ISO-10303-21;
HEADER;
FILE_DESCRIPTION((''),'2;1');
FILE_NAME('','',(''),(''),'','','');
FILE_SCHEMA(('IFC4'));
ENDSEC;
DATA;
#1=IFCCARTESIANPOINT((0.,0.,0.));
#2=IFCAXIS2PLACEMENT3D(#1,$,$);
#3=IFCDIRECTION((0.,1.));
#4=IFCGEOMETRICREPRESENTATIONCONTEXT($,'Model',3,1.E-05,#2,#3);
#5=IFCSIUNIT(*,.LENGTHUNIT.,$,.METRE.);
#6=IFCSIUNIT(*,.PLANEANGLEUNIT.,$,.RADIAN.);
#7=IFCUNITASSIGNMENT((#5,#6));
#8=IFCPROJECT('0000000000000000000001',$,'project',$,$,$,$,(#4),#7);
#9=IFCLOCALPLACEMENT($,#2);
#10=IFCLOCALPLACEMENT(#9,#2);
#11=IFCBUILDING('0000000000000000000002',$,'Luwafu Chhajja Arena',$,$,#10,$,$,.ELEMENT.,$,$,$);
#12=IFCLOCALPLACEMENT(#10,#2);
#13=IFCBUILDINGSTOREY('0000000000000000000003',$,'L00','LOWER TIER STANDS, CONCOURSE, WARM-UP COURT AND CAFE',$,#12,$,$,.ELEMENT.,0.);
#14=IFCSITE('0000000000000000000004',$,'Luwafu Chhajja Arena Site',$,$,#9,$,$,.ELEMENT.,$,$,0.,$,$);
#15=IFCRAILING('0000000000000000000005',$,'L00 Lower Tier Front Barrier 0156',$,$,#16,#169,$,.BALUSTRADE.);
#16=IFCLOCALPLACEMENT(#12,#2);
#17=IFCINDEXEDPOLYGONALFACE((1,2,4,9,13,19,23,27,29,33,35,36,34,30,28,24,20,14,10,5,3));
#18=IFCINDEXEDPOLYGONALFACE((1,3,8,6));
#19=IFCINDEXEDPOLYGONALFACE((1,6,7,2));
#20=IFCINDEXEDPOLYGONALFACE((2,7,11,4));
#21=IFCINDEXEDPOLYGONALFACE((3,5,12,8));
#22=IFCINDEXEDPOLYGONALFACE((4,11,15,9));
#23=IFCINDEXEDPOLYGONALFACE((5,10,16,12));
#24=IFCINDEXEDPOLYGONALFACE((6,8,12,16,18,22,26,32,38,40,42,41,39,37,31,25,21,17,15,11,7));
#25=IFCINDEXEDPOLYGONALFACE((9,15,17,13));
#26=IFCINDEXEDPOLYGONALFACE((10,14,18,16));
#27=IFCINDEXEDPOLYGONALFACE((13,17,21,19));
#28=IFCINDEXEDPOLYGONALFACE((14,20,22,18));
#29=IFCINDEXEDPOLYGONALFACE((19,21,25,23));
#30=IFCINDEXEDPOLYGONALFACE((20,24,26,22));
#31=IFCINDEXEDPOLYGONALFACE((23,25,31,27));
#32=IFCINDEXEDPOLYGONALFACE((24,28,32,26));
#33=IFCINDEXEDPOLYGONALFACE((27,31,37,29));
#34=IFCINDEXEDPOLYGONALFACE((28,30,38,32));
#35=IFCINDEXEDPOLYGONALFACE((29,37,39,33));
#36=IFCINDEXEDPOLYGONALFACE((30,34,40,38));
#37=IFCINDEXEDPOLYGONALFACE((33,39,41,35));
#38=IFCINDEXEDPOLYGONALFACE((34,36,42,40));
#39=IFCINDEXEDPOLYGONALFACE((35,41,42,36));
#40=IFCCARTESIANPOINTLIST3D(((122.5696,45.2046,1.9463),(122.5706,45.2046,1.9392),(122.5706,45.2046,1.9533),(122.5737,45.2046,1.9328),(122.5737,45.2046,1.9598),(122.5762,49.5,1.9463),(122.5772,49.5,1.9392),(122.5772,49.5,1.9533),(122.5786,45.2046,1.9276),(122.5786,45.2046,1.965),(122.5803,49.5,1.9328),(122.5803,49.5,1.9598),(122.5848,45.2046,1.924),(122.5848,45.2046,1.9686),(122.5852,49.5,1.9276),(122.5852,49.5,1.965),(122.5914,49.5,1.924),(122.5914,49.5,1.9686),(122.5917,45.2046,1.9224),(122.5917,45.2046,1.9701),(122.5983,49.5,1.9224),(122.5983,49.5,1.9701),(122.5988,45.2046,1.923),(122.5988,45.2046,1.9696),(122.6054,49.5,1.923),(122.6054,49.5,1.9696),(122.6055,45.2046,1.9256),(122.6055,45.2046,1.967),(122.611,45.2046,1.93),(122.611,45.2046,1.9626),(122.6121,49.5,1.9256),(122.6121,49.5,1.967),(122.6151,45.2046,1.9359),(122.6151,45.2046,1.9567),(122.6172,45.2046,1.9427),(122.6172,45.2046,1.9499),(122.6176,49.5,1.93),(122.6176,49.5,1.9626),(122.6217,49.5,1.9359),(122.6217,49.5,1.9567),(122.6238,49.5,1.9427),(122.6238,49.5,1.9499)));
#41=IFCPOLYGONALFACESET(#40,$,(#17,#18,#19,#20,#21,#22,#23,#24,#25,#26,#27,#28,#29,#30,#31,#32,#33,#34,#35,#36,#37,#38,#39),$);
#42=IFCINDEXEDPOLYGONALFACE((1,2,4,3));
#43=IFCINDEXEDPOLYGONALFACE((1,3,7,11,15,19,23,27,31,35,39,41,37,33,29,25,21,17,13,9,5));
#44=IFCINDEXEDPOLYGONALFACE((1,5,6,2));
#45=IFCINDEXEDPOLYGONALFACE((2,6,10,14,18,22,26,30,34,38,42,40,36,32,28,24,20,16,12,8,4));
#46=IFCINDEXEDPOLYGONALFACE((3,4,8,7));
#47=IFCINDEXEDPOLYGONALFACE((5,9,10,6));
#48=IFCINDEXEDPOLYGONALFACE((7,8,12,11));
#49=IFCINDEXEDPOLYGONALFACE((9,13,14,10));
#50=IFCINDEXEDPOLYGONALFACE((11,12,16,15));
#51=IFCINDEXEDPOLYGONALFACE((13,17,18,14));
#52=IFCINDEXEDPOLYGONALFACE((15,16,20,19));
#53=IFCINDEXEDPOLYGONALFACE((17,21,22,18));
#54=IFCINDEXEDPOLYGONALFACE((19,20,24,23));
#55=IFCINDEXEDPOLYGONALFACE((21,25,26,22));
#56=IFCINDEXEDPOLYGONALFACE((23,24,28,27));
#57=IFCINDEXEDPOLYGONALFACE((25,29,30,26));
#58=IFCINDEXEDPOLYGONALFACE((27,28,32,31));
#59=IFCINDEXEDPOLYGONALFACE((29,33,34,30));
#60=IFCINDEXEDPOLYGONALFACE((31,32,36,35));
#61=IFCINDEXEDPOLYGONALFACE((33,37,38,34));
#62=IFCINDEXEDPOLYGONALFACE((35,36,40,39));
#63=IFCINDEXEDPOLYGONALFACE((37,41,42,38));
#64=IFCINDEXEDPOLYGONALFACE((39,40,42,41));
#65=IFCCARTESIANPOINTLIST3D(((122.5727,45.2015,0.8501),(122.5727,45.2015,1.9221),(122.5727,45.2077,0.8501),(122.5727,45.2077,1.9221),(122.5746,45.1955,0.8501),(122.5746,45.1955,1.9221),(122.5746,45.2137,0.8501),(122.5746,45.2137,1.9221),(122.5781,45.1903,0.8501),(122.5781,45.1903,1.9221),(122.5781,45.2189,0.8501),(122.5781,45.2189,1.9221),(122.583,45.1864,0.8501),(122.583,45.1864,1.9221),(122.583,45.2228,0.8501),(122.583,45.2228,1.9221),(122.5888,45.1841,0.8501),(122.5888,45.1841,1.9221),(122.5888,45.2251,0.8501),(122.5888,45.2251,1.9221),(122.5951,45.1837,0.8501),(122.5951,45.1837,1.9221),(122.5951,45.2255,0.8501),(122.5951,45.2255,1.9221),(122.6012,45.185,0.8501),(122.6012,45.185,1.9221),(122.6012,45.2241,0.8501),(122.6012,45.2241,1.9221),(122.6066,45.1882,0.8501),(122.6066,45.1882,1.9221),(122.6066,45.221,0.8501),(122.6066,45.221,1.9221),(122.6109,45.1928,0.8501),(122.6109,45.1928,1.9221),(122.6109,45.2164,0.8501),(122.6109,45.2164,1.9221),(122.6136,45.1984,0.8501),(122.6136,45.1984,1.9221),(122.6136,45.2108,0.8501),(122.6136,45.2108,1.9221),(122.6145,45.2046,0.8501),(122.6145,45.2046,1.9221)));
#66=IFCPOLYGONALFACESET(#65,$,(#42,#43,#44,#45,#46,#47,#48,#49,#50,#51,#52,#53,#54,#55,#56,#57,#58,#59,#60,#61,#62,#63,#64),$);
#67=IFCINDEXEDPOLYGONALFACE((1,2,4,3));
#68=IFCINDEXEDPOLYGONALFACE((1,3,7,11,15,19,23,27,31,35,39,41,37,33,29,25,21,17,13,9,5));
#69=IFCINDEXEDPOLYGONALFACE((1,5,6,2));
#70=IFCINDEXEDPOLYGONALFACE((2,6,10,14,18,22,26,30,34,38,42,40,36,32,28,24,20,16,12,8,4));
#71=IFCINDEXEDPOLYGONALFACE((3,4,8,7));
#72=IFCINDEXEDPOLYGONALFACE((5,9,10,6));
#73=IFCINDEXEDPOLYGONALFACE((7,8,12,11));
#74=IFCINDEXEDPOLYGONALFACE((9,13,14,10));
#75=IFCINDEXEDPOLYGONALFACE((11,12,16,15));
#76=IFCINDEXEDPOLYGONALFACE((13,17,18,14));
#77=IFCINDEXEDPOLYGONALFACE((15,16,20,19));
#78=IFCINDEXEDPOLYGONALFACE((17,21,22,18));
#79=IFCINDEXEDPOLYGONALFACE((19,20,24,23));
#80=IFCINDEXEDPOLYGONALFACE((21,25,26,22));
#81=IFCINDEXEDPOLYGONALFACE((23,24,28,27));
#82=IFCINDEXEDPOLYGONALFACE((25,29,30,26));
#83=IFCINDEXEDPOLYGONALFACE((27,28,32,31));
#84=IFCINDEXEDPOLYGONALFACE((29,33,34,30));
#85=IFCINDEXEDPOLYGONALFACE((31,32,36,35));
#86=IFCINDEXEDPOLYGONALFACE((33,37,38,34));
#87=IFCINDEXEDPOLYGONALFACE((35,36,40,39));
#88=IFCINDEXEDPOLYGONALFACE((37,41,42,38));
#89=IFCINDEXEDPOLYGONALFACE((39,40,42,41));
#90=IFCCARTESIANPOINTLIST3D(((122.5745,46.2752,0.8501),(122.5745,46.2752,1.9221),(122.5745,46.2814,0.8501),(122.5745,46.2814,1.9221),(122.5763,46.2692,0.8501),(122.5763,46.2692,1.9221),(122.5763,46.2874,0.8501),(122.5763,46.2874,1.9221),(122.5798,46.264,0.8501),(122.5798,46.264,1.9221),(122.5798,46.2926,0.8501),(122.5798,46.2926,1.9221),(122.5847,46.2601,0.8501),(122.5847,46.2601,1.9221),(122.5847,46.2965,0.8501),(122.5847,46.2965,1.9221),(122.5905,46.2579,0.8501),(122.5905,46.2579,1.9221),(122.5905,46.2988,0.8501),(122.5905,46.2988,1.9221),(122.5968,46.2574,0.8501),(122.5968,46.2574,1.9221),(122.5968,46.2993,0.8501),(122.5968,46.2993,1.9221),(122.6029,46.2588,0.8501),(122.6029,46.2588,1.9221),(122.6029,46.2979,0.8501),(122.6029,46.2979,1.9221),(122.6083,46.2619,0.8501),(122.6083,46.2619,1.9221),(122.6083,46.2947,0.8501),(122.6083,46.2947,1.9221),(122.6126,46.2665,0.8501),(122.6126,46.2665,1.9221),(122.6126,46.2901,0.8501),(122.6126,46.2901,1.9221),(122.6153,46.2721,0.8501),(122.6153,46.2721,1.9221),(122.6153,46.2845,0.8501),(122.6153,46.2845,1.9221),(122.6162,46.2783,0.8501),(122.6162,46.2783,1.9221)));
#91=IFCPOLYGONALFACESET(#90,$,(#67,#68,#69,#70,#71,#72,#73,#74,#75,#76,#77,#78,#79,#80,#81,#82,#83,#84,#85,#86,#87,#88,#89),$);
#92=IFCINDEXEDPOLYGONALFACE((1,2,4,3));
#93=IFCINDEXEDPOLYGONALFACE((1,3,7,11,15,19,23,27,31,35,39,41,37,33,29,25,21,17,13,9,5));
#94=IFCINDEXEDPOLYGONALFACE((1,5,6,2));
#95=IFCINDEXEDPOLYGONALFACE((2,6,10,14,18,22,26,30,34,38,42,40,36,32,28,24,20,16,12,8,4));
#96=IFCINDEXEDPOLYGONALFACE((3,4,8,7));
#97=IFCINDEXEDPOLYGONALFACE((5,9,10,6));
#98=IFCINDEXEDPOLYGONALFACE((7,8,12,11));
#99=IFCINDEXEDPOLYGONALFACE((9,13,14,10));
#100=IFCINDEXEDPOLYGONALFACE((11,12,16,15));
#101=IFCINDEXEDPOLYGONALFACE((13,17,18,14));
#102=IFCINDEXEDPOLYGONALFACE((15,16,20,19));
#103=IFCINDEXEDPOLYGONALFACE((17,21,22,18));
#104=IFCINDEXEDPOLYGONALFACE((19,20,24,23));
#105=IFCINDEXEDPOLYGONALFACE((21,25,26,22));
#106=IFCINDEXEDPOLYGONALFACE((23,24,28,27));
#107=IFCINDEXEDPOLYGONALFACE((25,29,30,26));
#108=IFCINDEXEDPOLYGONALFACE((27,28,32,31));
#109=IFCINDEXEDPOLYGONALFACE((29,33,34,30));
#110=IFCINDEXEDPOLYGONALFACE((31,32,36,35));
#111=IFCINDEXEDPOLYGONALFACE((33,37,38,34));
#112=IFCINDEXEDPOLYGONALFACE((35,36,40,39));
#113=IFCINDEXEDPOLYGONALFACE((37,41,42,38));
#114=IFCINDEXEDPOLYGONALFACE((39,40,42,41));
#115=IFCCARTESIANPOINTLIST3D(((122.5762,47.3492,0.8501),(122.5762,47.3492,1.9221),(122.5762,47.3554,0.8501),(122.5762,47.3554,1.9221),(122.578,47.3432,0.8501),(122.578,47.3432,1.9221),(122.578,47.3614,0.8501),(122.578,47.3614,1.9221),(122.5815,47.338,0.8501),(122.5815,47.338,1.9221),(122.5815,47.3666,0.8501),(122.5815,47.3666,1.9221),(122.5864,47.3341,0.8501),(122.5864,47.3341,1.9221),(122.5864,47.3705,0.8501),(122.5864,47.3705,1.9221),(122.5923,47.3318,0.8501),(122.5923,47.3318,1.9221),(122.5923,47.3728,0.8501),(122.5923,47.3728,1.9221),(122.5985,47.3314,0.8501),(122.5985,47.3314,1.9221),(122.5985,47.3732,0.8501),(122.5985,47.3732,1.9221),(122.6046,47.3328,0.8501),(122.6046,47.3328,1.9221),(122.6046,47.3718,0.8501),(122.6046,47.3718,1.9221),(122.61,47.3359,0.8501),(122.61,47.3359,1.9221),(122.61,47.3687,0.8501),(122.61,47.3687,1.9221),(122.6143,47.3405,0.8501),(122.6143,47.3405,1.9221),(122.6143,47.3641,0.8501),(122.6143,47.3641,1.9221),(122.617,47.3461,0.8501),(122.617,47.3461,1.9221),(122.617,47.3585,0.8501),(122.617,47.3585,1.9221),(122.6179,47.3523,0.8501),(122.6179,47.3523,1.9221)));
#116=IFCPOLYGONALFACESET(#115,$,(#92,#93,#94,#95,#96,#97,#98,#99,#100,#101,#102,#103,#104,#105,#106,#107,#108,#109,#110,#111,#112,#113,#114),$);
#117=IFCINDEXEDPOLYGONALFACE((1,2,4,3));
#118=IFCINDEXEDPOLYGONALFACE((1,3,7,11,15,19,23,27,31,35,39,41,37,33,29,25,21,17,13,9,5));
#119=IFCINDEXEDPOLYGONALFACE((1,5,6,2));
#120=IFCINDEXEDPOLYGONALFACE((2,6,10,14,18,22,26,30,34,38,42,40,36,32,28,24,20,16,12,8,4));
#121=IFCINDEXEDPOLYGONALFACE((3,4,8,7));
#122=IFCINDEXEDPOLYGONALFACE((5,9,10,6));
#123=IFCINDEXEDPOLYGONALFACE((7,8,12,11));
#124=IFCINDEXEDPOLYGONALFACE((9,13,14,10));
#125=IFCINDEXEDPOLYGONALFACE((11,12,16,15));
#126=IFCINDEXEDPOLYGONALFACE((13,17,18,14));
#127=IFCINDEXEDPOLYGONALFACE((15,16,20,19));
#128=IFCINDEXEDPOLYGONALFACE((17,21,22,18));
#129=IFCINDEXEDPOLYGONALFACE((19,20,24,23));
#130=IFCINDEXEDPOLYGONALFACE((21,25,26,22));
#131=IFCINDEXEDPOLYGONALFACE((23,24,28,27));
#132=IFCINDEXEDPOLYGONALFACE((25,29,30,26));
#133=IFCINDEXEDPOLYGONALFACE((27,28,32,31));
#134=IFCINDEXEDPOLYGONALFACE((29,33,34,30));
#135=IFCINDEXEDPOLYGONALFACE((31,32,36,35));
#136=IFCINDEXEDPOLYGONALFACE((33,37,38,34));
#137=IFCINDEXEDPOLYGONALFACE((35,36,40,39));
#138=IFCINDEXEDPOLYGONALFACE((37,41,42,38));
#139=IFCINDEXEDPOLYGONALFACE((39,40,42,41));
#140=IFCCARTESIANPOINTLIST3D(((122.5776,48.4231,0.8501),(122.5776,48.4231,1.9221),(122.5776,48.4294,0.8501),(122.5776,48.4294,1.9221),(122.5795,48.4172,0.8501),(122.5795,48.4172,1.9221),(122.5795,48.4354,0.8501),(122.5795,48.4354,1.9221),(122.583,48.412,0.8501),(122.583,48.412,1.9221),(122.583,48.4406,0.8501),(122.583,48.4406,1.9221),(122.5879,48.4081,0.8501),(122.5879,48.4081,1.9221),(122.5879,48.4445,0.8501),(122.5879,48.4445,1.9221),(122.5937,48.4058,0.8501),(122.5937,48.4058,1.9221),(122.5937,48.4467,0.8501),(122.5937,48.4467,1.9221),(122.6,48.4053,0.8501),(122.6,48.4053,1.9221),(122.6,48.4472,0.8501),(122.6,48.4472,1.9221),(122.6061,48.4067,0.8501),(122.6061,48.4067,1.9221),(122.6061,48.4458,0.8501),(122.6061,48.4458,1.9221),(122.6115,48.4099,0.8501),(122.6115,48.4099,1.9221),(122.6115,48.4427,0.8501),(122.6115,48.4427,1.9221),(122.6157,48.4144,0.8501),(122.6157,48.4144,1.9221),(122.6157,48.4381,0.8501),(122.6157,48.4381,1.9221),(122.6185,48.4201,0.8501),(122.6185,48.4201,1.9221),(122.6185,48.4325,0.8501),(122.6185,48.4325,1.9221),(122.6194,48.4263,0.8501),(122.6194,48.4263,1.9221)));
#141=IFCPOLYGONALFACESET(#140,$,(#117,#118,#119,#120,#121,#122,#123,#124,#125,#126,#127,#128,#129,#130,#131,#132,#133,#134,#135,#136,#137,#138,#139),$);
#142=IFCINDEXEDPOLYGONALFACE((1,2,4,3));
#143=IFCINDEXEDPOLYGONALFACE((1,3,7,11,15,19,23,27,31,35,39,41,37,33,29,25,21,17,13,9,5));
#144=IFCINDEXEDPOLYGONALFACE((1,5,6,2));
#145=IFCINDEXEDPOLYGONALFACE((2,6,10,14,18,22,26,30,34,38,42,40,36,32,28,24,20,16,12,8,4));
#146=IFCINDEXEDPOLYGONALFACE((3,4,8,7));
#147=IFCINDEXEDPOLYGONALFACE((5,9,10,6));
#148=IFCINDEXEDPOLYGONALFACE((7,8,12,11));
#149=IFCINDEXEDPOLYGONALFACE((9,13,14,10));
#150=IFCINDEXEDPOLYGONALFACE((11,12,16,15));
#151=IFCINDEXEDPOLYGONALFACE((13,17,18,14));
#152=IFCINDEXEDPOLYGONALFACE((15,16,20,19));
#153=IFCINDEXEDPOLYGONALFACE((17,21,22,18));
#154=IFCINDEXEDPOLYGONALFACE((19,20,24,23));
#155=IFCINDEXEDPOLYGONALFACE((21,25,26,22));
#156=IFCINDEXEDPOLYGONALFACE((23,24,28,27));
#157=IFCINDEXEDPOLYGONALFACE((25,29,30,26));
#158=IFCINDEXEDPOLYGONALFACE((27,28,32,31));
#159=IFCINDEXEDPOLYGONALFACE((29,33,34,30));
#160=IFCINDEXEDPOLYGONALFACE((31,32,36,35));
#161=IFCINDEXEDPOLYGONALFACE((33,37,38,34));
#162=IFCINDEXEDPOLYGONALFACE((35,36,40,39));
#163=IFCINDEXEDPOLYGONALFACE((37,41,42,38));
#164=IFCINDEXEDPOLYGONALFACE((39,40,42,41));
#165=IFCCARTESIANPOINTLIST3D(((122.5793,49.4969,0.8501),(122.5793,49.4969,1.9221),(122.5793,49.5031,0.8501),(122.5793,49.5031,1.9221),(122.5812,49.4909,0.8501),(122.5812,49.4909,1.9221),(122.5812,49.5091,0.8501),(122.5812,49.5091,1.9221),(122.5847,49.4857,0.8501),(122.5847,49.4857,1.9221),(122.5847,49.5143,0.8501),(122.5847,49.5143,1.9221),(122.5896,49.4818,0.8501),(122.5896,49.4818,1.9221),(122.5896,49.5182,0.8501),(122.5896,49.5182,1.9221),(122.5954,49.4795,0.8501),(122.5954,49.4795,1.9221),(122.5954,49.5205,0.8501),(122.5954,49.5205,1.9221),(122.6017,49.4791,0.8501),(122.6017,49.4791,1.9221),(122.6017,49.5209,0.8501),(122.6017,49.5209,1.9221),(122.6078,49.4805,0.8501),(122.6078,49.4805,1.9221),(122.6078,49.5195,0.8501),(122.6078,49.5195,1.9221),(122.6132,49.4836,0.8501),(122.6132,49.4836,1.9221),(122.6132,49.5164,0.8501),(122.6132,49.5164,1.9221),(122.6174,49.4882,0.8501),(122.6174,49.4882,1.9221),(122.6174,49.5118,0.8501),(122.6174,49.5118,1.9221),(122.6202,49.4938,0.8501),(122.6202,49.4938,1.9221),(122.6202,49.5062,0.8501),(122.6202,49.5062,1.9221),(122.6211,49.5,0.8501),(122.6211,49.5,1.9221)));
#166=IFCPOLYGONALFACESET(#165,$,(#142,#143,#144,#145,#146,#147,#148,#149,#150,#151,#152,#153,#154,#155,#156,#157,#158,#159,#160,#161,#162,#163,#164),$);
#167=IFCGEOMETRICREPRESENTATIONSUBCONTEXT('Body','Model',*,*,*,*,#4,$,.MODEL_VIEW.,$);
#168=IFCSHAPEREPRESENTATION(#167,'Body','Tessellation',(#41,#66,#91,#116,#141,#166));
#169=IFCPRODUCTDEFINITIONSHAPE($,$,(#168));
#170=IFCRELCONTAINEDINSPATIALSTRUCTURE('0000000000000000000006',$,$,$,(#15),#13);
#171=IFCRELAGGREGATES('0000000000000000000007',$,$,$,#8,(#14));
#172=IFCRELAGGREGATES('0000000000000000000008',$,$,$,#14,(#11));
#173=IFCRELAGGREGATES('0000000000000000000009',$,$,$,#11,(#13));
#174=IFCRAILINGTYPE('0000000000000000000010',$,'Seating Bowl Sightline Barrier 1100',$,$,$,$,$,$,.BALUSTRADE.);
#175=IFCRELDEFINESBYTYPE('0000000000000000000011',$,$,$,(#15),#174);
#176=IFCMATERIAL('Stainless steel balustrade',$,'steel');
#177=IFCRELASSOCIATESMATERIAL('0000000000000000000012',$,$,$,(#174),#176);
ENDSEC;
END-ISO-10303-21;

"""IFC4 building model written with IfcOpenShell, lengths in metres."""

from ifc_helpers import new_model, si_unit, direction, frame, origin, origin_2d, place, context, subcontext, project, spatial, circle, extrude, material, type_object, element, save


model = new_model("IFC4")

# Units and contexts
model_context = context("Model", 3, precision=1e-05, world=origin(), true_north=direction((0.0, 1.0)))
body_context = subcontext(model_context, "Body", "Model", "MODEL_VIEW")
ifc_project = project(units=[si_unit("LENGTHUNIT", "METRE"), si_unit("PLANEANGLEUNIT", "RADIAN")], contexts=[model_context])

# Site, building, storey
site_placement = place(None, origin())
site = spatial("IfcSite", under=ifc_project, at=site_placement, Name="Luwafu Chhajja Arena Site", CompositionType="ELEMENT", RefElevation=0.0)
building_placement = place(site_placement, origin())
building = spatial("IfcBuilding", under=site, at=building_placement, Name="Luwafu Chhajja Arena", CompositionType="ELEMENT")
storey_placement = place(building_placement, origin())
storey = spatial("IfcBuildingStorey", under=building, at=storey_placement, Name="L00", Description="LOWER TIER STANDS, CONCOURSE, WARM-UP COURT AND CAFE", CompositionType="ELEMENT", Elevation=0.0)

# Railing
ifc_material_1 = material(Name="Stainless steel balustrade", Category="steel")
railing_type = type_object("IfcRailingType", Name="Seating Bowl Sightline Barrier 1100", PredefinedType="BALUSTRADE", material=ifc_material_1)
railing_1_placement = place(storey_placement, frame((122.5935, 45.2046, 0.8501)))
element("IfcRailing", 1, at=railing_1_placement, inside=storey, type_object=railing_type, Name="L00 Lower Tier Front Barrier 0156", PredefinedType="BALUSTRADE", context=body_context, shape_type="SweptSolid", body=[
    extrude(circle(Radius=0.0239, at=origin_2d()), frame((0.0, 0.0, 1.0962), z_axis=(0.001535, 0.999999, 0.0), x_axis=(-0.999999, 0.001535, 0.0)), (0.0, 0.0, 1.0), 4.2954),
    extrude(circle(Radius=0.021, at=origin_2d()), origin(), (0.0, 0.0, 1.0), 1.072),
    extrude(circle(Radius=0.021, at=origin_2d()), frame((0.0017, 1.0737, 0.0)), (0.0, 0.0, 1.0), 1.072),
    extrude(circle(Radius=0.021, at=origin_2d()), frame((0.0034, 2.1477, 0.0)), (0.0, 0.0, 1.0), 1.072),
    extrude(circle(Radius=0.021, at=origin_2d()), frame((0.0049, 3.2217, 0.0)), (0.0, 0.0, 1.0), 1.072),
    extrude(circle(Radius=0.021, at=origin_2d()), frame((0.0066, 4.2954, 0.0)), (0.0, 0.0, 1.0), 1.072),
])

save(model, "model.ifc")
